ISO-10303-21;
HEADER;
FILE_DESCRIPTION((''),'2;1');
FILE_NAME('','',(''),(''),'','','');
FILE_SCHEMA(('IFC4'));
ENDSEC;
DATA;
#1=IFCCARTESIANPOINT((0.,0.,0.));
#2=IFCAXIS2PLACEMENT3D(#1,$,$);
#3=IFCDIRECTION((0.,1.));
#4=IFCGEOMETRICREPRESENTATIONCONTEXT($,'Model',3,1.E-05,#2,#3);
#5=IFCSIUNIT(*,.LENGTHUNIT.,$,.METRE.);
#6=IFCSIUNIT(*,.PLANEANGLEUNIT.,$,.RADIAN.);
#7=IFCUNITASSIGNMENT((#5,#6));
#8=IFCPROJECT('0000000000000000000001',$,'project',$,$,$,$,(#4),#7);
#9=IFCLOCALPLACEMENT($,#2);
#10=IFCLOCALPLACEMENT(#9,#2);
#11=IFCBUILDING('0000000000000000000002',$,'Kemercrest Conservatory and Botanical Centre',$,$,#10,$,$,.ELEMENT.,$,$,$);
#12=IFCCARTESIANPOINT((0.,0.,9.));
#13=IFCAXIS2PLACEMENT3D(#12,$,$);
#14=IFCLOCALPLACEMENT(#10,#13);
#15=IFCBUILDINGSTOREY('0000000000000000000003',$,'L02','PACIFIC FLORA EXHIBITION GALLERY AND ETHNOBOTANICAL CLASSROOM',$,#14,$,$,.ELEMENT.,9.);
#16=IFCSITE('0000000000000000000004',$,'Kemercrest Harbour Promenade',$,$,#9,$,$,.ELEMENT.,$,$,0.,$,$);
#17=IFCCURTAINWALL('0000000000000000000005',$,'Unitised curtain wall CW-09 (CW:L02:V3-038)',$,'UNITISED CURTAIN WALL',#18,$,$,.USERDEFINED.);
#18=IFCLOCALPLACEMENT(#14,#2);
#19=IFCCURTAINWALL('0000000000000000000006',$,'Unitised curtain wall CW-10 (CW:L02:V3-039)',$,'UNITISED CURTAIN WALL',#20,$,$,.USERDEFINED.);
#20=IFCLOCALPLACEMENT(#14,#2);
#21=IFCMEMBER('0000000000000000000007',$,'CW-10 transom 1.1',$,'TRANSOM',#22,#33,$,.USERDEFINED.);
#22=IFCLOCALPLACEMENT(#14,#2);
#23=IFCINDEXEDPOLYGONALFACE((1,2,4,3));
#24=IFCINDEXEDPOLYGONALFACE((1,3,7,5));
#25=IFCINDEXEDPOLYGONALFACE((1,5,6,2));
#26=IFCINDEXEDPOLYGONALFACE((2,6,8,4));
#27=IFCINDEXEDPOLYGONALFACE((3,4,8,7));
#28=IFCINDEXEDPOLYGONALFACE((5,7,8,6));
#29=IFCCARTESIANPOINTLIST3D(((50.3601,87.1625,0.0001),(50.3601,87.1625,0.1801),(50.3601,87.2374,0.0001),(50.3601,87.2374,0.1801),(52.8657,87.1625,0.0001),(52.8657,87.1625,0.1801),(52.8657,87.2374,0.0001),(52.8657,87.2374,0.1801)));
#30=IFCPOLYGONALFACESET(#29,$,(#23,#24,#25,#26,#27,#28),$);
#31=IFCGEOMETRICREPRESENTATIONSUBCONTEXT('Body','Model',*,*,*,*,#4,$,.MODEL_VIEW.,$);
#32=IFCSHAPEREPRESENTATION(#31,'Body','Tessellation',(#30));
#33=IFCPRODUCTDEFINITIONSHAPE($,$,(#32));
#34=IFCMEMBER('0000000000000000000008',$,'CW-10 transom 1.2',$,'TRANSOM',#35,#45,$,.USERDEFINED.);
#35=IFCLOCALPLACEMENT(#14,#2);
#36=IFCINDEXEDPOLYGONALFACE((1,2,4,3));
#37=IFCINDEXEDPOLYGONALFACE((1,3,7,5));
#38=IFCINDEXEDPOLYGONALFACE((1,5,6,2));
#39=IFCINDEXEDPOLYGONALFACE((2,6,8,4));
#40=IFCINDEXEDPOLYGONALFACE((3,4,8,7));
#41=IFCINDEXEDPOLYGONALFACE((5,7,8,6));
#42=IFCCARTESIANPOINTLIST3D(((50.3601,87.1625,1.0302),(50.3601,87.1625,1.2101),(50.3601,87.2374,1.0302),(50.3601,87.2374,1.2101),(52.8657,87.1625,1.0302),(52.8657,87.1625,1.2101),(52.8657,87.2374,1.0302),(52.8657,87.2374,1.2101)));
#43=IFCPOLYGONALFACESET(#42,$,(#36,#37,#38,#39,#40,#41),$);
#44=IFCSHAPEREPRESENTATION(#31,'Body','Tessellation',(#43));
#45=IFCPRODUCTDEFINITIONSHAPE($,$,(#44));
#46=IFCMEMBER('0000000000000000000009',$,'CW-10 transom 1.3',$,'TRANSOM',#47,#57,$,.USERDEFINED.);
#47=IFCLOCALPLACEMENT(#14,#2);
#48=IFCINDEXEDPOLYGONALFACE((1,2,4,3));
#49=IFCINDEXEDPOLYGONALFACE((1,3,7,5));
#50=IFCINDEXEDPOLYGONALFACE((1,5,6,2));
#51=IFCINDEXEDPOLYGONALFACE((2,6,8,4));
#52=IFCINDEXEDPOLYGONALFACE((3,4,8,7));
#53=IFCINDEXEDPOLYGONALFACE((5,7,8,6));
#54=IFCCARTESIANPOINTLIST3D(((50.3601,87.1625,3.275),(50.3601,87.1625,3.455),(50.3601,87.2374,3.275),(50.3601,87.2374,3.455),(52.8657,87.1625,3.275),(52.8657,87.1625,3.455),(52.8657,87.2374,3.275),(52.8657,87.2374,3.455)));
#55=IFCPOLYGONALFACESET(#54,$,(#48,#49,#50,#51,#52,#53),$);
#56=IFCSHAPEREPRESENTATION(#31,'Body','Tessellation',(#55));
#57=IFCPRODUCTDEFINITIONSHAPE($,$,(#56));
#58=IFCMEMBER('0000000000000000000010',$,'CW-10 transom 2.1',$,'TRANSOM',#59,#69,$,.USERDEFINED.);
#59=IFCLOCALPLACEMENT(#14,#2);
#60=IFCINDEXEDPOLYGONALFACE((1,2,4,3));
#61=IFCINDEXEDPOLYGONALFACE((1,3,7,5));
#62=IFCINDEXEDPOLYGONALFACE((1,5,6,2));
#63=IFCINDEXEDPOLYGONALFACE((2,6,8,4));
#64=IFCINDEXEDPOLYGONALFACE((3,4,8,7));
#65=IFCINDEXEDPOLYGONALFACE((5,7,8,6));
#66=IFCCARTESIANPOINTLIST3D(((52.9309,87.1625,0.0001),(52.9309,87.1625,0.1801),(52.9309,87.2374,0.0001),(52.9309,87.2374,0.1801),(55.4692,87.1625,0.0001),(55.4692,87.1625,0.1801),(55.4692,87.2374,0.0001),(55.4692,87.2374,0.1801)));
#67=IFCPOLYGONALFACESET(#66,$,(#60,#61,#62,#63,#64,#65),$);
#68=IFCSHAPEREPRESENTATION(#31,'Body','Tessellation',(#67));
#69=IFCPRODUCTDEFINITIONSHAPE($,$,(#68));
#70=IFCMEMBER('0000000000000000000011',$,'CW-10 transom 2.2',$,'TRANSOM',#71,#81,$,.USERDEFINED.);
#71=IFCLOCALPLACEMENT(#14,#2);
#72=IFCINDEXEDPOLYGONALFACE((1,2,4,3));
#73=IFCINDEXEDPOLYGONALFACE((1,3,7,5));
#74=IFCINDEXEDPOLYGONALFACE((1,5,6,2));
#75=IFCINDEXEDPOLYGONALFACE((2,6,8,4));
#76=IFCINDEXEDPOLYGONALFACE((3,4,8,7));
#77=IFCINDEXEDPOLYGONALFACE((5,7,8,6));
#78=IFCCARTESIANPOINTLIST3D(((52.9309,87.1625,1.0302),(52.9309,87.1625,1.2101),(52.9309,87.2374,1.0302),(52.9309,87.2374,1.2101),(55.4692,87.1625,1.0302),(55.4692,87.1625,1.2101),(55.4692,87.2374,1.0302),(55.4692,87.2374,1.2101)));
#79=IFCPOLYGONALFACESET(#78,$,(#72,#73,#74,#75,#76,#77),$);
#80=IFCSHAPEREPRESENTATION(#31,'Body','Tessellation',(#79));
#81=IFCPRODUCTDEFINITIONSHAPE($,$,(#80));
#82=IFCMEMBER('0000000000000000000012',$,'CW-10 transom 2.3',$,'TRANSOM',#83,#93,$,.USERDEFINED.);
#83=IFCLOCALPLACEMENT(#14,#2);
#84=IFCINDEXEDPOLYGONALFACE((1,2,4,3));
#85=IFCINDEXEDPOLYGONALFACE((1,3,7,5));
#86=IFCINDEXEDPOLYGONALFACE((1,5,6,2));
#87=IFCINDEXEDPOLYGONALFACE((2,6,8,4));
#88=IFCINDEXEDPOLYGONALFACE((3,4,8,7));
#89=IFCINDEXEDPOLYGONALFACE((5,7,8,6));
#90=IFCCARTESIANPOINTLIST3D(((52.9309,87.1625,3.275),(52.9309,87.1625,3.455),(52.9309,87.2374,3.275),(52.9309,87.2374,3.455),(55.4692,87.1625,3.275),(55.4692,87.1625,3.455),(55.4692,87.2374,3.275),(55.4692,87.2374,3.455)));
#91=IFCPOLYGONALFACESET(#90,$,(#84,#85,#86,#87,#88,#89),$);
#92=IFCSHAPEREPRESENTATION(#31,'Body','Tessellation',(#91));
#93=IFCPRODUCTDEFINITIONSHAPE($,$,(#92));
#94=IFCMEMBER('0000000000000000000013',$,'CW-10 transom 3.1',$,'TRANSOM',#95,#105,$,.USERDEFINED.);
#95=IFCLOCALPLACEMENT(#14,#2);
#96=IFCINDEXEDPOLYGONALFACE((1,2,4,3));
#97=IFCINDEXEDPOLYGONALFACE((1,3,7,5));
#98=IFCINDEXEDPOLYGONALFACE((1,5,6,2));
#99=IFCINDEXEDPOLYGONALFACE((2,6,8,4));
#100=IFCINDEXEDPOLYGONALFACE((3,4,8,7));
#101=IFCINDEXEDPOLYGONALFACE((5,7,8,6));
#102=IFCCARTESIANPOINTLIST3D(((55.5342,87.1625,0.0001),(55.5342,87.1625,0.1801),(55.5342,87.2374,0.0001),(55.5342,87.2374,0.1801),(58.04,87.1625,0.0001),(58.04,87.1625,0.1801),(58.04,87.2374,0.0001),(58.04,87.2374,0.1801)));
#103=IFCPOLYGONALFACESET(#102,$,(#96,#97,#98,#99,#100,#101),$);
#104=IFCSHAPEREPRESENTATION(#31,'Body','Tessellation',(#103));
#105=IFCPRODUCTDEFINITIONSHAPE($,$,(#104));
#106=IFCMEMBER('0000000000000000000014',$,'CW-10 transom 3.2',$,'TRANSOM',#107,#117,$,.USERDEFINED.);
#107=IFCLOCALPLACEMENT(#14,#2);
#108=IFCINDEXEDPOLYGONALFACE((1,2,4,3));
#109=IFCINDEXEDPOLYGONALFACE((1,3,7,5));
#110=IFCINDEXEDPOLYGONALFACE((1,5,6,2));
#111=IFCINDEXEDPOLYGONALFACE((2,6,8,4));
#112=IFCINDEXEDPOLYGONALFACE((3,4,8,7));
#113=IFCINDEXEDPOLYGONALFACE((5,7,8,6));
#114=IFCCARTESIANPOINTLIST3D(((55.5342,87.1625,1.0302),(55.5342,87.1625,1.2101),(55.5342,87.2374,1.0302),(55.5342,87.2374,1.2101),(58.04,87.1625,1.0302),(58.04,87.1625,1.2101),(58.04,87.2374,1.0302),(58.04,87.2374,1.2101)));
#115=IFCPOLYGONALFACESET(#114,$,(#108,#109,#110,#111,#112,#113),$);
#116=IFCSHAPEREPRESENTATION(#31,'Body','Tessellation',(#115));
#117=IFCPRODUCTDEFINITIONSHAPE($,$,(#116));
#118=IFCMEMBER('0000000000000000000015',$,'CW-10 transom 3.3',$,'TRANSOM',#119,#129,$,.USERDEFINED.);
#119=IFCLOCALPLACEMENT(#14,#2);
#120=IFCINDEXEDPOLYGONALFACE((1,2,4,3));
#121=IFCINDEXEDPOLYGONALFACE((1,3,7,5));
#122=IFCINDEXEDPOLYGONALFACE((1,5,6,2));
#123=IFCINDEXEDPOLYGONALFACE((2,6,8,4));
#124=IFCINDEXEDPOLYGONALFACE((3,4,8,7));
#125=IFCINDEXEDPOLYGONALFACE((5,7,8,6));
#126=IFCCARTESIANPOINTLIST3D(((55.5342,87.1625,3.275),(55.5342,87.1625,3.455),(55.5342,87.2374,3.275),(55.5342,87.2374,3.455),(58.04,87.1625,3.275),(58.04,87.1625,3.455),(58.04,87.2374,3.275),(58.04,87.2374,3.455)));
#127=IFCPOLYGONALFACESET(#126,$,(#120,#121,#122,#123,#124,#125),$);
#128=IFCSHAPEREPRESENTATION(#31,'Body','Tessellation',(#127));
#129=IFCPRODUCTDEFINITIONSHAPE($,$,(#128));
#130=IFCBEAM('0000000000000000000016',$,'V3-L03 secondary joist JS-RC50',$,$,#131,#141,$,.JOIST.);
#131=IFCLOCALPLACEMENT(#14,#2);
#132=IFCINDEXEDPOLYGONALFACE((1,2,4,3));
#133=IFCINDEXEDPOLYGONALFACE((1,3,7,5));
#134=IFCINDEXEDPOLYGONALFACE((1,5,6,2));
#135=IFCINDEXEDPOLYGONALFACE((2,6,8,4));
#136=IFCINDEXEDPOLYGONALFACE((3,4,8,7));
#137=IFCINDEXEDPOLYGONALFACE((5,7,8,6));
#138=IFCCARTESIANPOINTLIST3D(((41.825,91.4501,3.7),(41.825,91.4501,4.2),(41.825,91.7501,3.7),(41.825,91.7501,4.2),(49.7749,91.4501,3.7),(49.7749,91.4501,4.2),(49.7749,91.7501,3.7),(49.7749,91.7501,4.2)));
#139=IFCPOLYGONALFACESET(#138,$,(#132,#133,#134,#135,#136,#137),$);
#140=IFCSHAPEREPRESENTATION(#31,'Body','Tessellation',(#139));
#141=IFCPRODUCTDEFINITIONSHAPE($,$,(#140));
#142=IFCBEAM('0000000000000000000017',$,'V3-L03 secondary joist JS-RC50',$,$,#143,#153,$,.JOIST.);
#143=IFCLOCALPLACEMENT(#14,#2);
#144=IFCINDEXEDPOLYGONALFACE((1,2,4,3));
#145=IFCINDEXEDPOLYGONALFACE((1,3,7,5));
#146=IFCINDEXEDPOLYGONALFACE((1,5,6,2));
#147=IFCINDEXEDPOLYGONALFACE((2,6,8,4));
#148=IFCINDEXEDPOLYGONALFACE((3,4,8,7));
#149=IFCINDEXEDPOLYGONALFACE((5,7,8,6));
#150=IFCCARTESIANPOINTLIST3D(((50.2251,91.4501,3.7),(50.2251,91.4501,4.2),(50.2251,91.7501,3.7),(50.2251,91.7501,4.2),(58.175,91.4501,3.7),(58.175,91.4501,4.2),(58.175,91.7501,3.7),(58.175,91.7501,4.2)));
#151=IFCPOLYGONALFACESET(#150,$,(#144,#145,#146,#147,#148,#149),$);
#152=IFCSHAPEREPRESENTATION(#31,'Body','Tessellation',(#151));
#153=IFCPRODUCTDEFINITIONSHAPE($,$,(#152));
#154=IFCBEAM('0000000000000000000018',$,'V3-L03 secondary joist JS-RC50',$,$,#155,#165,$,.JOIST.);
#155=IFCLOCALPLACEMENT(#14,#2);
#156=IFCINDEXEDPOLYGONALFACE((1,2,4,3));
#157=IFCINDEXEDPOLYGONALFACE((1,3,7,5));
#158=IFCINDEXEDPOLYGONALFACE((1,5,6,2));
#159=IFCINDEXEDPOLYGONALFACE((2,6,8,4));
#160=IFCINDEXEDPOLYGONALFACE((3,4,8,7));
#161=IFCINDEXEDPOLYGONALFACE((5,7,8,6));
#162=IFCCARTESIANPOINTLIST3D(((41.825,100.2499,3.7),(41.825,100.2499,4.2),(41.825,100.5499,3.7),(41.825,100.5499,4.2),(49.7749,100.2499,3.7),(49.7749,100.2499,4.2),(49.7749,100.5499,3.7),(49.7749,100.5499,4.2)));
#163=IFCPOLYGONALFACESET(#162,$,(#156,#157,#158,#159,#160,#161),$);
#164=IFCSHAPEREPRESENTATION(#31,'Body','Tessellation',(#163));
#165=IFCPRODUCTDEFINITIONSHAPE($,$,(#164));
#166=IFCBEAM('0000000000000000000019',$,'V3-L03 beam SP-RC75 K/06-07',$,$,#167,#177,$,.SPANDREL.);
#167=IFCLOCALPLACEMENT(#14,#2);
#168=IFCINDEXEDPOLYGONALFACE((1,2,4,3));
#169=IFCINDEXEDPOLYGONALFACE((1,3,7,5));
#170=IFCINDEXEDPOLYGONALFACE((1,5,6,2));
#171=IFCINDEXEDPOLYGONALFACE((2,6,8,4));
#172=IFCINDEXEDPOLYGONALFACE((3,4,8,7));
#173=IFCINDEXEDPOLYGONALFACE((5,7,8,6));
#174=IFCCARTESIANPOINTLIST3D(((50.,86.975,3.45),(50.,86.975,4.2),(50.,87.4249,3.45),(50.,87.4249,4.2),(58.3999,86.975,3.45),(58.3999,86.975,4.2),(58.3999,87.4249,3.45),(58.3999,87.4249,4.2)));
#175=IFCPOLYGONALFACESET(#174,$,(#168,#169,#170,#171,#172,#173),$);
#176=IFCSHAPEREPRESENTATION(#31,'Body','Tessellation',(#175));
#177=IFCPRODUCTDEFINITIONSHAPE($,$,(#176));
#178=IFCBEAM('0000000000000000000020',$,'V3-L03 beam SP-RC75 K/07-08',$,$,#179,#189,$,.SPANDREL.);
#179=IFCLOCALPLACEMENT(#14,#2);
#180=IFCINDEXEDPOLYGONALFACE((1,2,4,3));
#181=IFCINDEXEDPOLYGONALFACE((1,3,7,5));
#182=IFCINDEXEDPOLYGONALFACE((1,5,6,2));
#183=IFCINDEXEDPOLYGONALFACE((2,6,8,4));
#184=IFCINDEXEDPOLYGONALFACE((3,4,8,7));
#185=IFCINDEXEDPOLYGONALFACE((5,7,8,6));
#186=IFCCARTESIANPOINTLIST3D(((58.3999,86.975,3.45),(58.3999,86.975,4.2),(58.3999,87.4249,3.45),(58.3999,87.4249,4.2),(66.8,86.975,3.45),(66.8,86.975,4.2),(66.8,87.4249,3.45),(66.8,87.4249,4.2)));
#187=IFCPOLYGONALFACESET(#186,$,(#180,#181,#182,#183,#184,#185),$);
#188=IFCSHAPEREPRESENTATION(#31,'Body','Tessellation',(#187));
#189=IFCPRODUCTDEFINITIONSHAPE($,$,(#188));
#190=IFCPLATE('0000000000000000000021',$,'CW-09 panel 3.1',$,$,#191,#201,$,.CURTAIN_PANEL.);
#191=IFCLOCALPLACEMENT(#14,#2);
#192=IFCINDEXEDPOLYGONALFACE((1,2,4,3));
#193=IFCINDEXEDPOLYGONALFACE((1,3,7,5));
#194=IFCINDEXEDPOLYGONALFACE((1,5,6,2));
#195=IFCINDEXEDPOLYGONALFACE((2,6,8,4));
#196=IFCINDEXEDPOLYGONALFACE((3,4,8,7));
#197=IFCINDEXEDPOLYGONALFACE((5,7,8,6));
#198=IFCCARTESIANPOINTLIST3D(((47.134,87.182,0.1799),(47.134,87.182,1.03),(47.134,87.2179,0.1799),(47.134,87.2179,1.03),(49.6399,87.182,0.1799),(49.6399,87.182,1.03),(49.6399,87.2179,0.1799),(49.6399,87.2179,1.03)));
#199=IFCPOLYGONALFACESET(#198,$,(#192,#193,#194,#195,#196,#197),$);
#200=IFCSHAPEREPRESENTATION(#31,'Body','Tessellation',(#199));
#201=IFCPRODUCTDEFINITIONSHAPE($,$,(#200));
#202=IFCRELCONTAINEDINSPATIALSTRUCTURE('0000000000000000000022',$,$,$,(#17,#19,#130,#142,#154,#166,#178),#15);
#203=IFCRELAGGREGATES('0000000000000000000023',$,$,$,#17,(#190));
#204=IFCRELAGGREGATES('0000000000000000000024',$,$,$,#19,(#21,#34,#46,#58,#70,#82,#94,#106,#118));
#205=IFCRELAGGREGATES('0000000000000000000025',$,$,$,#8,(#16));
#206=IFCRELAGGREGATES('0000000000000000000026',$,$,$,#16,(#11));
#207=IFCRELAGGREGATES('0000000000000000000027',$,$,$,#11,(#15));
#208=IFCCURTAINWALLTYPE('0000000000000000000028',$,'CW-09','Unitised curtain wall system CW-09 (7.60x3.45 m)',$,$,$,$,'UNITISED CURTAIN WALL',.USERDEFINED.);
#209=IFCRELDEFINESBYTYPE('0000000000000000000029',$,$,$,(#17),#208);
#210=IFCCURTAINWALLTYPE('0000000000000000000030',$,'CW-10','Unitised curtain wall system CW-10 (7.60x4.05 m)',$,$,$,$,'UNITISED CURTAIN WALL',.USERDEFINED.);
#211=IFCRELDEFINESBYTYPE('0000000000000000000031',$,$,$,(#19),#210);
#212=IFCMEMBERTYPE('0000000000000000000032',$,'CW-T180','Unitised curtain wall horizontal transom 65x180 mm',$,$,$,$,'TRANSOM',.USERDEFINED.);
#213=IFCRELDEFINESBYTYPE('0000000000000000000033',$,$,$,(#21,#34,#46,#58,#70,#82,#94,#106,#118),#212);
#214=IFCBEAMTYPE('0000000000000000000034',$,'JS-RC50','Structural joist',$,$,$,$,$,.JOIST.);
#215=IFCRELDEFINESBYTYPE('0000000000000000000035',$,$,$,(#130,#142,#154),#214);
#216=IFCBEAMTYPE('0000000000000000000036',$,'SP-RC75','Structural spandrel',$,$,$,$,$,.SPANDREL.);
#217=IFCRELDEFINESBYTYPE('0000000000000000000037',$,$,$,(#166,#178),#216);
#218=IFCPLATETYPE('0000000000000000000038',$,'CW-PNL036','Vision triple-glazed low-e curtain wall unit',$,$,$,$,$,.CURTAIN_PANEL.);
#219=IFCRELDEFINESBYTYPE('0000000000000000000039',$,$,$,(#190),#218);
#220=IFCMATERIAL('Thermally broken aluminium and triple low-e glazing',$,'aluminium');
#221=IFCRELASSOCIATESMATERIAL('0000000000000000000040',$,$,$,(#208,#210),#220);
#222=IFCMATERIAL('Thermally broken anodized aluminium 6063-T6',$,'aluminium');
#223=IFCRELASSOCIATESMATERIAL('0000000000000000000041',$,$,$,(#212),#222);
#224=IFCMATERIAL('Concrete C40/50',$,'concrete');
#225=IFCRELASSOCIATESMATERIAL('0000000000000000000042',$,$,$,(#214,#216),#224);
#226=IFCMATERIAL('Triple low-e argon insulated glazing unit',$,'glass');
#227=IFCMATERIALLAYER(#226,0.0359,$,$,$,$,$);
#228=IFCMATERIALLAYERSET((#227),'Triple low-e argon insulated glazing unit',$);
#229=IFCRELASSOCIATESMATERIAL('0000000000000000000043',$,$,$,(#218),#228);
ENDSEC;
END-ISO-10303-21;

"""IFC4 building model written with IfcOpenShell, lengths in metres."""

from ifc_helpers import new_model, si_unit, direction, frame, origin, origin_2d, place, context, subcontext, project, spatial, rectangle, extrude, material, layer, layer_set, material_profile, profile_set, type_object, element, aggregate, save


model = new_model("IFC4")

# Units and contexts
model_context = context("Model", 3, precision=1e-05, world=origin(), true_north=direction((0.0, 1.0)))
body_context = subcontext(model_context, "Body", "Model", "MODEL_VIEW")
ifc_project = project(units=[si_unit("LENGTHUNIT", "METRE"), si_unit("PLANEANGLEUNIT", "RADIAN")], contexts=[model_context])

# Site, building, storey
site_placement = place(None, origin())
site = spatial("IfcSite", under=ifc_project, at=site_placement, Name="Kemercrest Harbour Promenade", CompositionType="ELEMENT", RefElevation=0.0)
building_placement = place(site_placement, origin())
building = spatial("IfcBuilding", under=site, at=building_placement, Name="Kemercrest Conservatory and Botanical Centre", CompositionType="ELEMENT")
storey_placement = place(building_placement, frame((0.0, 0.0, 9.0)))
storey = spatial("IfcBuildingStorey", under=building, at=storey_placement, Name="L02", Description="PACIFIC FLORA EXHIBITION GALLERY AND ETHNOBOTANICAL CLASSROOM", CompositionType="ELEMENT", Elevation=9.0)

# Shared definitions
ifc_material_1 = material(Name="Concrete C40/50", Category="concrete")

# Curtain wall
ifc_material_2 = material(Name="Thermally broken aluminium and triple low-e glazing", Category="aluminium")
curtain_wall_type_1 = type_object("IfcCurtainWallType", Name="CW-09", Description="Unitised curtain wall system CW-09 (7.60x3.45 m)", ElementType="UNITISED CURTAIN WALL", PredefinedType="USERDEFINED", material=ifc_material_2)
curtain_wall_1_placement = place(storey_placement, origin())
curtain_wall_1 = element("IfcCurtainWall", 1, at=curtain_wall_1_placement, inside=storey, type_object=curtain_wall_type_1, Name="Unitised curtain wall CW-09 (CW:L02:V3-038)", ObjectType="UNITISED CURTAIN WALL", PredefinedType="USERDEFINED")
ifc_material_3 = material(Name="Thermally broken anodized aluminium 6063-T6", Category="aluminium")

# Curtain wall
curtain_wall_type_2 = type_object("IfcCurtainWallType", Name="CW-10", Description="Unitised curtain wall system CW-10 (7.60x4.05 m)", ElementType="UNITISED CURTAIN WALL", PredefinedType="USERDEFINED", material=ifc_material_2)
curtain_wall_2_placement = place(storey_placement, origin())
curtain_wall_2 = element("IfcCurtainWall", 2, at=curtain_wall_2_placement, inside=storey, type_object=curtain_wall_type_2, Name="Unitised curtain wall CW-10 (CW:L02:V3-039)", ObjectType="UNITISED CURTAIN WALL", PredefinedType="USERDEFINED")

# Members
ifc_material_profile_1 = material_profile(ifc_material_3, rectangle(XDim=0.075, YDim=0.1799, at=origin_2d()), Name="AL TRANSOM 75x180")
ifc_profile_set_1 = profile_set([ifc_material_profile_1], Name="Thermally broken anodized aluminium 6063-T6")
member_type_1 = type_object("IfcMemberType", Name="CW-T180", Description="Unitised curtain wall horizontal transom 65x180 mm", ElementType="TRANSOM", PredefinedType="USERDEFINED", material=ifc_profile_set_1)
member_1_placement = place(storey_placement, frame((50.3601, 87.2, 0.0901), z_axis=(1.0, 0.0, 0.0), x_axis=(0.0, 1.0, 0.0)))
member_1 = element("IfcMember", 3, at=member_1_placement, type_object=member_type_1, Name="CW-10 transom 1.1", ObjectType="TRANSOM", PredefinedType="USERDEFINED", context=body_context, shape_type="SweptSolid", body=[
    extrude(rectangle(XDim=0.075, YDim=0.1799, at=origin_2d()), origin(), (0.0, 0.0, 1.0), 2.5056),
])
member_2_placement = place(storey_placement, frame((50.3601, 87.2, 1.1201), z_axis=(1.0, 0.0, 0.0), x_axis=(0.0, 1.0, 0.0)))
member_2 = element("IfcMember", 4, at=member_2_placement, type_object=member_type_1, Name="CW-10 transom 1.2", ObjectType="TRANSOM", PredefinedType="USERDEFINED", context=body_context, shape_type="SweptSolid", body=[
    extrude(rectangle(XDim=0.075, YDim=0.1799, at=origin_2d()), origin(), (0.0, 0.0, 1.0), 2.5056),
])
member_3_placement = place(storey_placement, frame((50.3601, 87.2, 3.365), z_axis=(1.0, 0.0, 0.0), x_axis=(0.0, 1.0, 0.0)))
member_3 = element("IfcMember", 5, at=member_3_placement, type_object=member_type_1, Name="CW-10 transom 1.3", ObjectType="TRANSOM", PredefinedType="USERDEFINED", context=body_context, shape_type="SweptSolid", body=[
    extrude(rectangle(XDim=0.075, YDim=0.1799, at=origin_2d()), origin(), (0.0, 0.0, 1.0), 2.5056),
])
member_4_placement = place(storey_placement, frame((52.9309, 87.2, 0.0901), z_axis=(1.0, 0.0, 0.0), x_axis=(0.0, 1.0, 0.0)))
member_4 = element("IfcMember", 6, at=member_4_placement, type_object=member_type_1, Name="CW-10 transom 2.1", ObjectType="TRANSOM", PredefinedType="USERDEFINED", context=body_context, shape_type="SweptSolid", body=[
    extrude(rectangle(XDim=0.075, YDim=0.1799, at=origin_2d()), origin(), (0.0, 0.0, 1.0), 2.5383),
])
member_5_placement = place(storey_placement, frame((52.9309, 87.2, 1.1201), z_axis=(1.0, 0.0, 0.0), x_axis=(0.0, 1.0, 0.0)))
member_5 = element("IfcMember", 7, at=member_5_placement, type_object=member_type_1, Name="CW-10 transom 2.2", ObjectType="TRANSOM", PredefinedType="USERDEFINED", context=body_context, shape_type="SweptSolid", body=[
    extrude(rectangle(XDim=0.075, YDim=0.1799, at=origin_2d()), origin(), (0.0, 0.0, 1.0), 2.5383),
])
member_6_placement = place(storey_placement, frame((52.9309, 87.2, 3.365), z_axis=(1.0, 0.0, 0.0), x_axis=(0.0, 1.0, 0.0)))
member_6 = element("IfcMember", 8, at=member_6_placement, type_object=member_type_1, Name="CW-10 transom 2.3", ObjectType="TRANSOM", PredefinedType="USERDEFINED", context=body_context, shape_type="SweptSolid", body=[
    extrude(rectangle(XDim=0.075, YDim=0.1799, at=origin_2d()), origin(), (0.0, 0.0, 1.0), 2.5383),
])
member_7_placement = place(storey_placement, frame((55.5342, 87.2, 0.0901), z_axis=(1.0, 0.0, 0.0), x_axis=(0.0, 1.0, 0.0)))
member_7 = element("IfcMember", 9, at=member_7_placement, type_object=member_type_1, Name="CW-10 transom 3.1", ObjectType="TRANSOM", PredefinedType="USERDEFINED", context=body_context, shape_type="SweptSolid", body=[
    extrude(rectangle(XDim=0.075, YDim=0.1799, at=origin_2d()), origin(), (0.0, 0.0, 1.0), 2.5059),
])
member_8_placement = place(storey_placement, frame((55.5342, 87.2, 1.1201), z_axis=(1.0, 0.0, 0.0), x_axis=(0.0, 1.0, 0.0)))
member_8 = element("IfcMember", 10, at=member_8_placement, type_object=member_type_1, Name="CW-10 transom 3.2", ObjectType="TRANSOM", PredefinedType="USERDEFINED", context=body_context, shape_type="SweptSolid", body=[
    extrude(rectangle(XDim=0.075, YDim=0.1799, at=origin_2d()), origin(), (0.0, 0.0, 1.0), 2.5059),
])
member_9_placement = place(storey_placement, frame((55.5342, 87.2, 3.365), z_axis=(1.0, 0.0, 0.0), x_axis=(0.0, 1.0, 0.0)))
member_9 = element("IfcMember", 11, at=member_9_placement, type_object=member_type_1, Name="CW-10 transom 3.3", ObjectType="TRANSOM", PredefinedType="USERDEFINED", context=body_context, shape_type="SweptSolid", body=[
    extrude(rectangle(XDim=0.075, YDim=0.1799, at=origin_2d()), origin(), (0.0, 0.0, 1.0), 2.5059),
])

# Beams
ifc_material_profile_2 = material_profile(ifc_material_1, rectangle(XDim=0.3, YDim=0.5, at=origin_2d()), Name="RC 300x500")
ifc_profile_set_2 = profile_set([ifc_material_profile_2], Name="Concrete C40/50")
beam_type_1 = type_object("IfcBeamType", Name="JS-RC50", Description="Structural joist", PredefinedType="JOIST", material=ifc_profile_set_2)
for number, where, z_axis, x_axis, name in (
    (12, (41.825, 91.6001, 3.95), (1.0, 0.0, 0.0), (0.0, 1.0, 0.0), "V3-L03 secondary joist JS-RC50"),
    (13, (50.2251, 91.6001, 3.95), (1.0, 0.0, 0.0), (0.0, 1.0, 0.0), "V3-L03 secondary joist JS-RC50"),
    (14, (41.825, 100.3999, 3.95), (1.0, 0.0, 0.0), (0.0, 1.0, 0.0), "V3-L03 secondary joist JS-RC50"),
):
    element("IfcBeam", number, at=place(storey_placement, frame(where, z_axis=z_axis, x_axis=x_axis)), inside=storey, type_object=beam_type_1, Name=name, PredefinedType="JOIST", context=body_context, shape_type="SweptSolid", body=[
        extrude(rectangle(XDim=0.3, YDim=0.5, at=origin_2d()), origin(), (0.0, 0.0, 1.0), 7.95),
    ])
ifc_material_profile_3 = material_profile(ifc_material_1, rectangle(XDim=0.45, YDim=0.75, at=origin_2d()), Name="RC 450x750")
ifc_profile_set_3 = profile_set([ifc_material_profile_3], Name="Concrete C40/50")
beam_type_2 = type_object("IfcBeamType", Name="SP-RC75", Description="Structural spandrel", PredefinedType="SPANDREL", material=ifc_profile_set_3)
beam_1_placement = place(storey_placement, frame((50.0, 87.2, 3.825), z_axis=(1.0, 0.0, 0.0), x_axis=(0.0, 1.0, 0.0)))
element("IfcBeam", 15, at=beam_1_placement, inside=storey, type_object=beam_type_2, Name="V3-L03 beam SP-RC75 K/06-07", PredefinedType="SPANDREL", context=body_context, shape_type="SweptSolid", body=[
    extrude(rectangle(XDim=0.45, YDim=0.75, at=origin_2d()), origin(), (0.0, 0.0, 1.0), 8.3999),
])
beam_2_placement = place(storey_placement, frame((58.3999, 87.2, 3.825), z_axis=(1.0, 0.0, 0.0), x_axis=(0.0, 1.0, 0.0)))
element("IfcBeam", 16, at=beam_2_placement, inside=storey, type_object=beam_type_2, Name="V3-L03 beam SP-RC75 K/07-08", PredefinedType="SPANDREL", context=body_context, shape_type="SweptSolid", body=[
    extrude(rectangle(XDim=0.45, YDim=0.75, at=origin_2d()), origin(), (0.0, 0.0, 1.0), 8.4001),
])

# Plate
ifc_material_4 = material(Name="Triple low-e argon insulated glazing unit", Category="glass")
ifc_layer = layer(ifc_material_4, 0.0359)
ifc_layer_set = layer_set([ifc_layer], Name="Triple low-e argon insulated glazing unit")
plate_type = type_object("IfcPlateType", Name="CW-PNL036", Description="Vision triple-glazed low-e curtain wall unit", PredefinedType="CURTAIN_PANEL", material=ifc_layer_set)
plate_1_placement = place(storey_placement, frame((48.387, 87.2, 0.1799), z_axis=(0.0, 0.0, 1.0), x_axis=(1.0, 0.0, 0.0)))
plate_1 = element("IfcPlate", 17, at=plate_1_placement, type_object=plate_type, Name="CW-09 panel 3.1", PredefinedType="CURTAIN_PANEL", context=body_context, shape_type="SweptSolid", body=[
    extrude(rectangle(XDim=2.5059, YDim=0.0359, at=origin_2d()), origin(), (0.0, 0.0, 1.0), 0.8501),
])
aggregate(curtain_wall_1, [plate_1])
aggregate(curtain_wall_2, [member_1, member_2, member_3, member_4, member_5, member_6, member_7, member_8, member_9])

save(model, "model.ifc")
